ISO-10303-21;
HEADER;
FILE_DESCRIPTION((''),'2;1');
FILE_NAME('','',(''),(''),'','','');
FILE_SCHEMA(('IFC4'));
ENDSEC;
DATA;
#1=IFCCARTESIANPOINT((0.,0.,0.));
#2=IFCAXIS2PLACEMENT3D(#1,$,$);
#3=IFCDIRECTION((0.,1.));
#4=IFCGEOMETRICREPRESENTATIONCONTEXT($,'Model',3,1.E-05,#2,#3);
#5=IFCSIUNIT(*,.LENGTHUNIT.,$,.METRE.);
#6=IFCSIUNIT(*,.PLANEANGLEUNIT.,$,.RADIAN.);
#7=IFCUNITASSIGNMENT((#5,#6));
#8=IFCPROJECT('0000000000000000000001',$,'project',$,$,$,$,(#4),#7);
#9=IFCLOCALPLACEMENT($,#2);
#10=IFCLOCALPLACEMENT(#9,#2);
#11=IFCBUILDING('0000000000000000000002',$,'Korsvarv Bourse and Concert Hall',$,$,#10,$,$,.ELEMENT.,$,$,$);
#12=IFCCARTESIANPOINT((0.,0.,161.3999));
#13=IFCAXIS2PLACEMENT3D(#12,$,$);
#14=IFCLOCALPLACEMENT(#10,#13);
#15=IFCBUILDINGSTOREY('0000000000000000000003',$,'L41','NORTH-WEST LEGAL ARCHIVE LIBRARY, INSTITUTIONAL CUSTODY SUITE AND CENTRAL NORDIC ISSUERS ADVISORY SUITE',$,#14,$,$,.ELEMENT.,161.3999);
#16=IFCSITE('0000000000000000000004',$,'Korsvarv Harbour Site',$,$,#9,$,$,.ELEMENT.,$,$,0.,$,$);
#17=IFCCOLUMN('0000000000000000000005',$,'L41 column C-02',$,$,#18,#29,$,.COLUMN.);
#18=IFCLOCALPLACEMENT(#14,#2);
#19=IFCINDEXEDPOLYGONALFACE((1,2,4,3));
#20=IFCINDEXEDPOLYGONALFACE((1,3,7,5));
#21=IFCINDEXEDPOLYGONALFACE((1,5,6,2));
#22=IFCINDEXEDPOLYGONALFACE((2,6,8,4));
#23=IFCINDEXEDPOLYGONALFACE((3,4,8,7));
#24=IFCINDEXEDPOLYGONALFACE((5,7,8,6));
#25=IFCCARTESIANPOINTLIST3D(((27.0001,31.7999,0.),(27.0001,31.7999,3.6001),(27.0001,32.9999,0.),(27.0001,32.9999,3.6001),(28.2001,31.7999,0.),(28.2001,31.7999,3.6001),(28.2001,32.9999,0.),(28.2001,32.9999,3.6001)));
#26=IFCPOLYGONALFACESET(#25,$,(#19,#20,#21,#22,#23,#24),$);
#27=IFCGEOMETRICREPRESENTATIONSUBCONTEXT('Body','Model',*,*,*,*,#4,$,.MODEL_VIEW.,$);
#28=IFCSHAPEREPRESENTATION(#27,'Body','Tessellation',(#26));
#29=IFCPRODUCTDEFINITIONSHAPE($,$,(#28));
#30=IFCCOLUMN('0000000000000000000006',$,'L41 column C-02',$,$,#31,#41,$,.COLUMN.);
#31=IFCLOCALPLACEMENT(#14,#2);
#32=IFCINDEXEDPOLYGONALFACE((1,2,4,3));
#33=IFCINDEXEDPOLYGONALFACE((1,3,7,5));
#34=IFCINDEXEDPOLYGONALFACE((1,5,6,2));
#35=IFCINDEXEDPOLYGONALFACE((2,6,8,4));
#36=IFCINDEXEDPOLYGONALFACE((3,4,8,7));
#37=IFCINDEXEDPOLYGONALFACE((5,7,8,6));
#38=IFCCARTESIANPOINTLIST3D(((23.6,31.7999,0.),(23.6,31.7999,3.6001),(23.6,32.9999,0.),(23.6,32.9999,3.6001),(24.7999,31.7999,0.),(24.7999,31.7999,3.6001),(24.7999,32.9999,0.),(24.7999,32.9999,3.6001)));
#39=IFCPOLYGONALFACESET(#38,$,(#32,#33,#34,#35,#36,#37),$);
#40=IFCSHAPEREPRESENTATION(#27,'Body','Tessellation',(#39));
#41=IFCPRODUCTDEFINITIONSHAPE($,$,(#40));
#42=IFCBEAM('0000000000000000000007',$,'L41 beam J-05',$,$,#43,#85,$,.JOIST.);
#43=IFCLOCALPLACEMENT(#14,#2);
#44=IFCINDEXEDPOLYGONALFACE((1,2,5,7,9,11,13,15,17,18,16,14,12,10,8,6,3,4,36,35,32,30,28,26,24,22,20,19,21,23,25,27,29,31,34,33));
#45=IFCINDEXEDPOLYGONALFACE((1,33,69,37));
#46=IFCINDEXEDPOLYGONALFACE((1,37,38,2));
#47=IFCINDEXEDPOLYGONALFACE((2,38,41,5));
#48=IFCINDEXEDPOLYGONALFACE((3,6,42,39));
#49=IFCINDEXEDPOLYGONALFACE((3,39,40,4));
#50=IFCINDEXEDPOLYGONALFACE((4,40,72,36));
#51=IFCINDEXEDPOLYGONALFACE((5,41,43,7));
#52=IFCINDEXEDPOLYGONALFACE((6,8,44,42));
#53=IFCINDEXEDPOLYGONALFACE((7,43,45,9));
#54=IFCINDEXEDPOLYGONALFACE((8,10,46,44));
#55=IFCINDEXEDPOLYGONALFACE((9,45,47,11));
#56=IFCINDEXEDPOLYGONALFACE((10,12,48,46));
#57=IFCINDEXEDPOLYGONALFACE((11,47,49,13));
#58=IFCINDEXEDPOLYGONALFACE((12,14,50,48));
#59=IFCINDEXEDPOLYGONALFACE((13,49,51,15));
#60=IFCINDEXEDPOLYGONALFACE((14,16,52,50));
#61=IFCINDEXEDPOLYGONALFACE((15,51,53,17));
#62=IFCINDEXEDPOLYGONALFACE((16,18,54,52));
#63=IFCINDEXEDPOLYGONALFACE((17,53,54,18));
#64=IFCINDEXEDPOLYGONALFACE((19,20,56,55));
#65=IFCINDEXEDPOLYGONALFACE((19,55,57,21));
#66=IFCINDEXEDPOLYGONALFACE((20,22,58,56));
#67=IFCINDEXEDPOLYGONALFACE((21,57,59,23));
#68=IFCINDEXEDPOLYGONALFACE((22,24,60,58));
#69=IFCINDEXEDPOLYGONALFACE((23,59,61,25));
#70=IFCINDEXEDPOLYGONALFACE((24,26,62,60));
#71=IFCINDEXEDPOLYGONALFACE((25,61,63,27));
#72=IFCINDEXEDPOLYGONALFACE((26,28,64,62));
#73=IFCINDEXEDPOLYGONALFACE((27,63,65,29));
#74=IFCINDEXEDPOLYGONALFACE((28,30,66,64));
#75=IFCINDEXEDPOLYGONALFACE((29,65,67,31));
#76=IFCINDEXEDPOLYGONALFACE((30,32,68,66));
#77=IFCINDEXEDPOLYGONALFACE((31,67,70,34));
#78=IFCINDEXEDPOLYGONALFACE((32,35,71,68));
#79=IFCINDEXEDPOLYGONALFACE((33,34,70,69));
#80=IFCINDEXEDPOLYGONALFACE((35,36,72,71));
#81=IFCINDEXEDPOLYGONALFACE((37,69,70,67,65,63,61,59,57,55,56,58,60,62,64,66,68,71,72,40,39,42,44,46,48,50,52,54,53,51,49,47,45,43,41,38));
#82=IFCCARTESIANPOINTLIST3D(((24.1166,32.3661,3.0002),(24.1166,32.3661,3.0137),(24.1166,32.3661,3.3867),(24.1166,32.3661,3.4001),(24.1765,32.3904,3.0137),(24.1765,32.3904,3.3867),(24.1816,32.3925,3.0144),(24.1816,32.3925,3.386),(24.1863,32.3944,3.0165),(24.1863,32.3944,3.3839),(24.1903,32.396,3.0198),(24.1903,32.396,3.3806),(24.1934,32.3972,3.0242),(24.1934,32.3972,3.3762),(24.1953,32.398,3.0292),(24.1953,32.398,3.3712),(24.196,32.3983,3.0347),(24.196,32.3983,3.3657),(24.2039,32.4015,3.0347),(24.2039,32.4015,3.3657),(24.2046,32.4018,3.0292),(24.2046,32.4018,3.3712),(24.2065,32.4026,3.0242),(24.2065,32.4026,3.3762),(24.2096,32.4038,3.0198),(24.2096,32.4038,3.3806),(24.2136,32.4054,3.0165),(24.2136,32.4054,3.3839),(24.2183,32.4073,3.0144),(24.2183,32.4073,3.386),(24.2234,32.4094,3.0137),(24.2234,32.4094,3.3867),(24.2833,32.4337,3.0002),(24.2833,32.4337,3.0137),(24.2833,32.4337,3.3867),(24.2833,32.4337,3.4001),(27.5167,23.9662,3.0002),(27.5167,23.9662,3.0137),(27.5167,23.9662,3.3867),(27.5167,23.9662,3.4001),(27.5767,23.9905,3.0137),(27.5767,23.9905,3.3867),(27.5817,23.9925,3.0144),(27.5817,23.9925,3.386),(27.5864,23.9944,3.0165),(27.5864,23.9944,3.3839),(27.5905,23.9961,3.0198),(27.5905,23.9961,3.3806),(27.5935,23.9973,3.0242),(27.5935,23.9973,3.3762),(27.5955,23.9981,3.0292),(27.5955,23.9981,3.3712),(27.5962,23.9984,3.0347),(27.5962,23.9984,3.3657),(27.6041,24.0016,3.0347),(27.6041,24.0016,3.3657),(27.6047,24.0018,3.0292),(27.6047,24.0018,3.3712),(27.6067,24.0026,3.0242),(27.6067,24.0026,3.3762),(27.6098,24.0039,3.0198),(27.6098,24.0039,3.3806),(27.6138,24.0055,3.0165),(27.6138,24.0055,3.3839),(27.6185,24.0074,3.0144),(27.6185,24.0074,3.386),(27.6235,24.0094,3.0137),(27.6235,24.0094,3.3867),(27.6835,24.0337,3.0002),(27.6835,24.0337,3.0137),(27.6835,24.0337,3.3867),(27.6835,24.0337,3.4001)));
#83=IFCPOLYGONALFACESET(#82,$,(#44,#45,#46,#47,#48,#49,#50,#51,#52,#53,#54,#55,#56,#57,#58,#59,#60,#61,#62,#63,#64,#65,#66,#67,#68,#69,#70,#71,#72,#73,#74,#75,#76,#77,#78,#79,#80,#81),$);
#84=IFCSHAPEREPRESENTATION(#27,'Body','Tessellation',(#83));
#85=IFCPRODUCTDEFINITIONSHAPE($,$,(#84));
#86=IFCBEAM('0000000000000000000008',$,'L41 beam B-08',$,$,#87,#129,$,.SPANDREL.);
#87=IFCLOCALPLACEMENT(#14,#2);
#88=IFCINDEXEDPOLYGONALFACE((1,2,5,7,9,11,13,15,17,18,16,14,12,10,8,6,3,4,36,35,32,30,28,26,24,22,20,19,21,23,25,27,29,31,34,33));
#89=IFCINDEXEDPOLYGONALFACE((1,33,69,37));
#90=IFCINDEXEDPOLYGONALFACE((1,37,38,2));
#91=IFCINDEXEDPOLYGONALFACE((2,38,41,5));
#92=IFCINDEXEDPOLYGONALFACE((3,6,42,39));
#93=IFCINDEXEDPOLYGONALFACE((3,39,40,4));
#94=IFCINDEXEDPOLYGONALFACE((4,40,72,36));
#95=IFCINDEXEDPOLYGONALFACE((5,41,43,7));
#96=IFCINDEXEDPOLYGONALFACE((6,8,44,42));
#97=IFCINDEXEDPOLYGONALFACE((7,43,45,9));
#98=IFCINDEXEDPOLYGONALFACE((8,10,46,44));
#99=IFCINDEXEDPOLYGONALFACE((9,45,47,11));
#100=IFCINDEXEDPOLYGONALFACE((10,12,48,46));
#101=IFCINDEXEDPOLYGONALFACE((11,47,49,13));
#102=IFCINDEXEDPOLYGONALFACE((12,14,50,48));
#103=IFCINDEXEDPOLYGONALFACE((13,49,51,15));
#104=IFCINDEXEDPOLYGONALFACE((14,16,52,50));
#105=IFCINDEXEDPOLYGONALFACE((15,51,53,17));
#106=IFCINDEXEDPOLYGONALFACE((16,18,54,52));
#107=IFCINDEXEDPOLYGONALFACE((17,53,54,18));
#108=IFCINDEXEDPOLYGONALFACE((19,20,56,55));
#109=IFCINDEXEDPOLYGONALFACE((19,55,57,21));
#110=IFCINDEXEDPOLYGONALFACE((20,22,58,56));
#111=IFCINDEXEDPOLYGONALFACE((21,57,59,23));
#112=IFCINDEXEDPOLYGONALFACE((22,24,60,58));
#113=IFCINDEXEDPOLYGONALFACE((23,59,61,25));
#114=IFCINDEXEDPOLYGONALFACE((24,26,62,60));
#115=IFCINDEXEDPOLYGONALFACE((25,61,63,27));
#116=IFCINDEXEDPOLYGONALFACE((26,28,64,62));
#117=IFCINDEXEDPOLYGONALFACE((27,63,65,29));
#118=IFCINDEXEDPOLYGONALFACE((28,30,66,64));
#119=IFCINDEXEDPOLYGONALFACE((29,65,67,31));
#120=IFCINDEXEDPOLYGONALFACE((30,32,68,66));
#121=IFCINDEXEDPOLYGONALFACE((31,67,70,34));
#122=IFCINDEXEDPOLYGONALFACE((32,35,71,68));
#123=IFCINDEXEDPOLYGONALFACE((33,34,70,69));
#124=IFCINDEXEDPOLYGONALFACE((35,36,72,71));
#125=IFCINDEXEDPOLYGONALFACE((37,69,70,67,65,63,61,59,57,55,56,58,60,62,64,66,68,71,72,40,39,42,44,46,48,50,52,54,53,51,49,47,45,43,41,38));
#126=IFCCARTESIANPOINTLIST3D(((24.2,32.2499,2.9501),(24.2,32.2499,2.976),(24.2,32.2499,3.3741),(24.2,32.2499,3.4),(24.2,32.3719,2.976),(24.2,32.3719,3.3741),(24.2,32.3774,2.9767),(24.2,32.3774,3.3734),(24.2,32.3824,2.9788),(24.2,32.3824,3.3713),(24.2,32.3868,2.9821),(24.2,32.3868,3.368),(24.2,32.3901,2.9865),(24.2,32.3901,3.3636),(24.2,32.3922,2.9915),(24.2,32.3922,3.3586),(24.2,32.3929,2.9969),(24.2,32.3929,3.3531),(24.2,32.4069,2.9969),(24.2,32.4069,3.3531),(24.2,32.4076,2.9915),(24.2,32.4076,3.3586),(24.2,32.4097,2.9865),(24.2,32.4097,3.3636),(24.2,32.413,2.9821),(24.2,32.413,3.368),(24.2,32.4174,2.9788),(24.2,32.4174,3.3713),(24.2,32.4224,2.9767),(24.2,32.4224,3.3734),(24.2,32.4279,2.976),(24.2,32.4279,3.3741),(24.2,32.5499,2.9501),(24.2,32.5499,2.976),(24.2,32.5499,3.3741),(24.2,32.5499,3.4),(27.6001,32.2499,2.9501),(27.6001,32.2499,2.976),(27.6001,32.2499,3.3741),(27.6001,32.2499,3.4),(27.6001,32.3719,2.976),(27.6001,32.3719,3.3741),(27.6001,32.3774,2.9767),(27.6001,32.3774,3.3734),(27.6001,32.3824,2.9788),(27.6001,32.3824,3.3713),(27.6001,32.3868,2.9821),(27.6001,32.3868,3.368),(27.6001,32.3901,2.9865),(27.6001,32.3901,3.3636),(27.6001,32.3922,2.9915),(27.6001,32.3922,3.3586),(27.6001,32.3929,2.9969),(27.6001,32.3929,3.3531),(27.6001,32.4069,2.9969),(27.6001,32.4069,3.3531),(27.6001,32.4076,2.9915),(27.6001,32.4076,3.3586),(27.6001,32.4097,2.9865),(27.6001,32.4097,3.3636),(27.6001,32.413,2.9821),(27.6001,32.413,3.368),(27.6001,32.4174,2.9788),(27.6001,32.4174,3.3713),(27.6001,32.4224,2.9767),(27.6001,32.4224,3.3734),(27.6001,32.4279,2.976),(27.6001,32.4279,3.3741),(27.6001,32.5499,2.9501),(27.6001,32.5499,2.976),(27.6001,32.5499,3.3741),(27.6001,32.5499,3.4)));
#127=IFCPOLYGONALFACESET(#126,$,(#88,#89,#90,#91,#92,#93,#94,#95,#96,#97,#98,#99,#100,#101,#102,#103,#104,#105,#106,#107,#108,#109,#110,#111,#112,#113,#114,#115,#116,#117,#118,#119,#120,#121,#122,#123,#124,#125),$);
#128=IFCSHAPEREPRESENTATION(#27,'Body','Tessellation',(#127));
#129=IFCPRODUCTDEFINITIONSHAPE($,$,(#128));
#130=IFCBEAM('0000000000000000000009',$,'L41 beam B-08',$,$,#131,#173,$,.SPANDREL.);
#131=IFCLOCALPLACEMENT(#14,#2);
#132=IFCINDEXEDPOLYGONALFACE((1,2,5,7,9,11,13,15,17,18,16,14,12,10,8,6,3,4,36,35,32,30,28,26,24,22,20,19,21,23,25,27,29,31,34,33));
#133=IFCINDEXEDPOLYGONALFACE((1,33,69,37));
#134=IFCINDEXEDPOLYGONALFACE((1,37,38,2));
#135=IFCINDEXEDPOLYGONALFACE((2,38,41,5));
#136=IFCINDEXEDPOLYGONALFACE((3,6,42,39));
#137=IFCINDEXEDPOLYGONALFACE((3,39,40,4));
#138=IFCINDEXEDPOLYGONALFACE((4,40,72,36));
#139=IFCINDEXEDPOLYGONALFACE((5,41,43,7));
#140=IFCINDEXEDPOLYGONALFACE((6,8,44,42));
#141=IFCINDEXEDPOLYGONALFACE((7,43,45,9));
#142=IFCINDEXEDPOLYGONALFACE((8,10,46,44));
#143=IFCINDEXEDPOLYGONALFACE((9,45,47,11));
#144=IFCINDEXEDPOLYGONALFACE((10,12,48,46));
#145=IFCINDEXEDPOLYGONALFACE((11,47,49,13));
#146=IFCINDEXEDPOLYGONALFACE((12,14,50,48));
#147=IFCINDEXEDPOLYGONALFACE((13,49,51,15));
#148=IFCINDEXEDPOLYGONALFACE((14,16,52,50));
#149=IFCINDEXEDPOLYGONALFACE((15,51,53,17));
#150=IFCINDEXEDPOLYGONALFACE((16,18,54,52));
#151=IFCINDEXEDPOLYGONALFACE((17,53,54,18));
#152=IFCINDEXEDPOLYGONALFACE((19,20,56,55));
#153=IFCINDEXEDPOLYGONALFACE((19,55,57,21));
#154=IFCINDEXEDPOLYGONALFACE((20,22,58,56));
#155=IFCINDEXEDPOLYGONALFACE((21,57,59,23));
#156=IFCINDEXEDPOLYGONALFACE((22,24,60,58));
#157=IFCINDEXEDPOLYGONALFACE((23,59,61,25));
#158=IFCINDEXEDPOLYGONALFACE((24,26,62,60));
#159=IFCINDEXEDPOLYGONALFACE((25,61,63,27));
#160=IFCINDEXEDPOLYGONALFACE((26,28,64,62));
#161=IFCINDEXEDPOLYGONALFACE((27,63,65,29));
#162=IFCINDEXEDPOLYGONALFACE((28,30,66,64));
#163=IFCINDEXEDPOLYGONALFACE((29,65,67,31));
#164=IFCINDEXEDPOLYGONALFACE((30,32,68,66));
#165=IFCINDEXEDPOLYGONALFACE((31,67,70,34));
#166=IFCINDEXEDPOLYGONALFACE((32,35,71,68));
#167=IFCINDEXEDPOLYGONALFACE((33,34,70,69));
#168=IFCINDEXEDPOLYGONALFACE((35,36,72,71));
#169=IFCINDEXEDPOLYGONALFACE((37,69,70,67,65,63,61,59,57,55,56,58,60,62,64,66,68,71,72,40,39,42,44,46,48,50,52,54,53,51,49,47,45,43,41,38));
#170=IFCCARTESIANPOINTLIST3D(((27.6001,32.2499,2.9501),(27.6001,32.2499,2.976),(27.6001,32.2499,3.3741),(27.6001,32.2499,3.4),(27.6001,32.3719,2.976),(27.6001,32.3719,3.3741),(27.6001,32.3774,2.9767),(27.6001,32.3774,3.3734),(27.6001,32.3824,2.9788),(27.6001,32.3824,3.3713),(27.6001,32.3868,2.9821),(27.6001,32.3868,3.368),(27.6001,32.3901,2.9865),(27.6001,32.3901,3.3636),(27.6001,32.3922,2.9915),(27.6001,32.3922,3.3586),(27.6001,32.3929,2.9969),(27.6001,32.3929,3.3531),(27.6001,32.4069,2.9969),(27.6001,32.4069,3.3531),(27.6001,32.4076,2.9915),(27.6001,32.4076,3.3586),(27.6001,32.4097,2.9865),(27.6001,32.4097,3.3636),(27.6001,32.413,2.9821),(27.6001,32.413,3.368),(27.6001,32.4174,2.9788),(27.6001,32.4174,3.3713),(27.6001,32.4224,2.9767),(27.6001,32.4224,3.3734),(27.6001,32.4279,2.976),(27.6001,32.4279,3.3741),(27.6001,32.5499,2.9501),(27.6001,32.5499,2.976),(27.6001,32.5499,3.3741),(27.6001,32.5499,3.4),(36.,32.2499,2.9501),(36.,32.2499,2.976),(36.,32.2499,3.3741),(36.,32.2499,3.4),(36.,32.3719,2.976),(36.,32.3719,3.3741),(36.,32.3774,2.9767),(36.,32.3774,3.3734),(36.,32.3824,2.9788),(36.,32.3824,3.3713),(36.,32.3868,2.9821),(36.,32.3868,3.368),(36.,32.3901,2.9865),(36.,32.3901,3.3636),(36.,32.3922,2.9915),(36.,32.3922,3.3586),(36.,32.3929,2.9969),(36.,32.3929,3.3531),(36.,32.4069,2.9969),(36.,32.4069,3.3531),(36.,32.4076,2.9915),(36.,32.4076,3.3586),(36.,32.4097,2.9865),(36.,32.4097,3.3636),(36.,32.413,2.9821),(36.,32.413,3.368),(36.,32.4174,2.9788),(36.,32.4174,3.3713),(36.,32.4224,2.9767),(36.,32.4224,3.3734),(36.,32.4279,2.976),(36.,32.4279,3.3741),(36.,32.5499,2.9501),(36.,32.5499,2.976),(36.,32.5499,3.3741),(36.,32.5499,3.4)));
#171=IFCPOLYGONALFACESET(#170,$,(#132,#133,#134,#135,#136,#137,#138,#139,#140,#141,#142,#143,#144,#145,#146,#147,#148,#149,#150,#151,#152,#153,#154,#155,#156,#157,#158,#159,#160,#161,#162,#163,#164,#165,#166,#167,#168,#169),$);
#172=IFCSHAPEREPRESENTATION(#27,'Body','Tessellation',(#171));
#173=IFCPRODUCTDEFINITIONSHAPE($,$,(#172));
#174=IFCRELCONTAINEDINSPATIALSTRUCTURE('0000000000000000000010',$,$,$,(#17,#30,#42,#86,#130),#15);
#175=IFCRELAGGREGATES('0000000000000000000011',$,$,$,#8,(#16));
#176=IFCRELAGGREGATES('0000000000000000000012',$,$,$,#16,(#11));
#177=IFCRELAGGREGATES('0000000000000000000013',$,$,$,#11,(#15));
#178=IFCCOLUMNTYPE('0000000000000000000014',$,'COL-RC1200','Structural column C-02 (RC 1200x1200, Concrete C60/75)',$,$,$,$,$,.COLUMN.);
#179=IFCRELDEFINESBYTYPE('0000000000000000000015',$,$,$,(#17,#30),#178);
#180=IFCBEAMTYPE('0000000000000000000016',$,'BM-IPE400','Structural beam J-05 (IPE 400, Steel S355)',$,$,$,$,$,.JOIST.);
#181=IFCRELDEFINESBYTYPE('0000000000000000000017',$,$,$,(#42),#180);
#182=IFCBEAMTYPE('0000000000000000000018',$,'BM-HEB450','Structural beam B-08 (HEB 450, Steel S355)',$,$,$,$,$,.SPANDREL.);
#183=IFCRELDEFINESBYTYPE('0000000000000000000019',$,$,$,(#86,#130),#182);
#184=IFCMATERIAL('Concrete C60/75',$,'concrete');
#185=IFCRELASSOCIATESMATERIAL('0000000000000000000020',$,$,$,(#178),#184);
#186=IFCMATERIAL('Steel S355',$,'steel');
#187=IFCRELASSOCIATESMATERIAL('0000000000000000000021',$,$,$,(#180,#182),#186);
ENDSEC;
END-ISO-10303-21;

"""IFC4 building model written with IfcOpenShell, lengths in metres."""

from ifc_helpers import new_model, si_unit, direction, frame, origin, origin_2d, place, context, subcontext, project, spatial, rectangle, i_section, extrude, source, transform, mapped, material, material_profile, profile_set, type_object, element, save


model = new_model("IFC4")

# Units and contexts
model_context = context("Model", 3, precision=1e-05, world=origin(), true_north=direction((0.0, 1.0)))
body_context = subcontext(model_context, "Body", "Model", "MODEL_VIEW")
ifc_project = project(units=[si_unit("LENGTHUNIT", "METRE"), si_unit("PLANEANGLEUNIT", "RADIAN")], contexts=[model_context])

# Site, building, storey
site_placement = place(None, origin())
site = spatial("IfcSite", under=ifc_project, at=site_placement, Name="Korsvarv Harbour Site", CompositionType="ELEMENT", RefElevation=0.0)
building_placement = place(site_placement, origin())
building = spatial("IfcBuilding", under=site, at=building_placement, Name="Korsvarv Bourse and Concert Hall", CompositionType="ELEMENT")
storey_placement = place(building_placement, frame((0.0, 0.0, 161.3999)))
storey = spatial("IfcBuildingStorey", under=building, at=storey_placement, Name="L41", Description="NORTH-WEST LEGAL ARCHIVE LIBRARY, INSTITUTIONAL CUSTODY SUITE AND CENTRAL NORDIC ISSUERS ADVISORY SUITE", CompositionType="ELEMENT", Elevation=161.3999)

# Columns
ifc_material_1 = material(Name="Concrete C60/75", Category="concrete")
ifc_material_profile_1 = material_profile(ifc_material_1, rectangle(XDim=1.2, YDim=1.2, at=origin_2d()), Name="RC 1200x1200")
ifc_profile_set_1 = profile_set([ifc_material_profile_1], Name="Concrete C60/75")
column_type = type_object("IfcColumnType", Name="COL-RC1200", Description="Structural column C-02 (RC 1200x1200, Concrete C60/75)", PredefinedType="COLUMN", material=ifc_profile_set_1)
shared_shape_1 = source(origin(), body_context, "Body", "SweptSolid", [
    extrude(rectangle(XDim=1.2, YDim=1.2, at=origin_2d()), origin(), (0.0, 0.0, 1.0), 3.6001),
])
for number, where, z_axis, x_axis, name in (
    (1, (27.6001, 32.3999, 0.0), (0.0, 0.0, 1.0), (1.0, 0.0, 0.0), "L41 column C-02"),
    (2, (24.2, 32.3999, 0.0), (0.0, 0.0, 1.0), (1.0, 0.0, 0.0), "L41 column C-02"),
):
    element("IfcColumn", number, at=place(storey_placement, frame(where, z_axis=z_axis, x_axis=x_axis)), inside=storey, type_object=column_type, Name=name, PredefinedType="COLUMN", context=body_context, shape_type="MappedRepresentation", body=[
        mapped(shared_shape_1, transform((0.0, 0.0, 0.0), scale=1.0)),
    ])

# Beams
ifc_material_2 = material(Name="Steel S355", Category="steel")
ifc_material_profile_2 = material_profile(ifc_material_2, i_section(OverallWidth=0.1799, OverallDepth=0.3999, WebThickness=0.0085, FlangeThickness=0.0134, FilletRadius=0.021, at=origin_2d()), Name="IPE 400")
ifc_profile_set_2 = profile_set([ifc_material_profile_2], Name="Steel S355")
beam_type_1 = type_object("IfcBeamType", Name="BM-IPE400", Description="Structural beam J-05 (IPE 400, Steel S355)", PredefinedType="JOIST", material=ifc_profile_set_2)
shared_shape_2 = source(origin(), body_context, "Body", "SweptSolid", [
    extrude(i_section(OverallWidth=0.1799, OverallDepth=0.3999, WebThickness=0.0085, FlangeThickness=0.0134, FilletRadius=0.021, at=origin_2d()), origin(), (0.0, 0.0, 1.0), 9.062),
])
beam_1_placement = place(storey_placement, frame((24.2, 32.3999, 3.2002), z_axis=(0.37521, -0.92694, 0.0), x_axis=(0.92694, 0.37521, 0.0)))
element("IfcBeam", 3, at=beam_1_placement, inside=storey, type_object=beam_type_1, Name="L41 beam J-05", PredefinedType="JOIST", context=body_context, shape_type="MappedRepresentation", body=[
    mapped(shared_shape_2, transform((0.0, 0.0, 0.0), scale=1.0)),
])
ifc_material_profile_3 = material_profile(ifc_material_2, i_section(OverallWidth=0.3, OverallDepth=0.45, WebThickness=0.0139, FlangeThickness=0.0259, FilletRadius=0.021, at=origin_2d()), Name="HEB 450")
ifc_profile_set_3 = profile_set([ifc_material_profile_3], Name="Steel S355")
beam_type_2 = type_object("IfcBeamType", Name="BM-HEB450", Description="Structural beam B-08 (HEB 450, Steel S355)", PredefinedType="SPANDREL", material=ifc_profile_set_3)
shared_shape_3 = source(origin(), body_context, "Body", "SweptSolid", [
    extrude(i_section(OverallWidth=0.3, OverallDepth=0.45, WebThickness=0.0139, FlangeThickness=0.0259, FilletRadius=0.021, at=origin_2d()), origin(), (0.0, 0.0, 1.0), 3.4001),
])
beam_2_placement = place(storey_placement, frame((24.2, 32.3999, 3.175), z_axis=(1.0, 0.0, 0.0), x_axis=(0.0, 1.0, 0.0)))
element("IfcBeam", 4, at=beam_2_placement, inside=storey, type_object=beam_type_2, Name="L41 beam B-08", PredefinedType="SPANDREL", context=body_context, shape_type="MappedRepresentation", body=[
    mapped(shared_shape_3, transform((0.0, 0.0, 0.0), scale=1.0)),
])
shared_shape_4 = source(origin(), body_context, "Body", "SweptSolid", [
    extrude(i_section(OverallWidth=0.3, OverallDepth=0.45, WebThickness=0.0139, FlangeThickness=0.0259, FilletRadius=0.021, at=origin_2d()), origin(), (0.0, 0.0, 1.0), 8.3999),
])
for number, where, z_axis, x_axis, name in (
    (5, (27.6001, 32.3999, 3.175), (1.0, 0.0, 0.0), (0.0, 1.0, 0.0), "L41 beam B-08"),
):
    element("IfcBeam", number, at=place(storey_placement, frame(where, z_axis=z_axis, x_axis=x_axis)), inside=storey, type_object=beam_type_2, Name=name, PredefinedType="SPANDREL", context=body_context, shape_type="MappedRepresentation", body=[
        mapped(shared_shape_4, transform((0.0, 0.0, 0.0), scale=1.0)),
    ])

save(model, "model.ifc")
